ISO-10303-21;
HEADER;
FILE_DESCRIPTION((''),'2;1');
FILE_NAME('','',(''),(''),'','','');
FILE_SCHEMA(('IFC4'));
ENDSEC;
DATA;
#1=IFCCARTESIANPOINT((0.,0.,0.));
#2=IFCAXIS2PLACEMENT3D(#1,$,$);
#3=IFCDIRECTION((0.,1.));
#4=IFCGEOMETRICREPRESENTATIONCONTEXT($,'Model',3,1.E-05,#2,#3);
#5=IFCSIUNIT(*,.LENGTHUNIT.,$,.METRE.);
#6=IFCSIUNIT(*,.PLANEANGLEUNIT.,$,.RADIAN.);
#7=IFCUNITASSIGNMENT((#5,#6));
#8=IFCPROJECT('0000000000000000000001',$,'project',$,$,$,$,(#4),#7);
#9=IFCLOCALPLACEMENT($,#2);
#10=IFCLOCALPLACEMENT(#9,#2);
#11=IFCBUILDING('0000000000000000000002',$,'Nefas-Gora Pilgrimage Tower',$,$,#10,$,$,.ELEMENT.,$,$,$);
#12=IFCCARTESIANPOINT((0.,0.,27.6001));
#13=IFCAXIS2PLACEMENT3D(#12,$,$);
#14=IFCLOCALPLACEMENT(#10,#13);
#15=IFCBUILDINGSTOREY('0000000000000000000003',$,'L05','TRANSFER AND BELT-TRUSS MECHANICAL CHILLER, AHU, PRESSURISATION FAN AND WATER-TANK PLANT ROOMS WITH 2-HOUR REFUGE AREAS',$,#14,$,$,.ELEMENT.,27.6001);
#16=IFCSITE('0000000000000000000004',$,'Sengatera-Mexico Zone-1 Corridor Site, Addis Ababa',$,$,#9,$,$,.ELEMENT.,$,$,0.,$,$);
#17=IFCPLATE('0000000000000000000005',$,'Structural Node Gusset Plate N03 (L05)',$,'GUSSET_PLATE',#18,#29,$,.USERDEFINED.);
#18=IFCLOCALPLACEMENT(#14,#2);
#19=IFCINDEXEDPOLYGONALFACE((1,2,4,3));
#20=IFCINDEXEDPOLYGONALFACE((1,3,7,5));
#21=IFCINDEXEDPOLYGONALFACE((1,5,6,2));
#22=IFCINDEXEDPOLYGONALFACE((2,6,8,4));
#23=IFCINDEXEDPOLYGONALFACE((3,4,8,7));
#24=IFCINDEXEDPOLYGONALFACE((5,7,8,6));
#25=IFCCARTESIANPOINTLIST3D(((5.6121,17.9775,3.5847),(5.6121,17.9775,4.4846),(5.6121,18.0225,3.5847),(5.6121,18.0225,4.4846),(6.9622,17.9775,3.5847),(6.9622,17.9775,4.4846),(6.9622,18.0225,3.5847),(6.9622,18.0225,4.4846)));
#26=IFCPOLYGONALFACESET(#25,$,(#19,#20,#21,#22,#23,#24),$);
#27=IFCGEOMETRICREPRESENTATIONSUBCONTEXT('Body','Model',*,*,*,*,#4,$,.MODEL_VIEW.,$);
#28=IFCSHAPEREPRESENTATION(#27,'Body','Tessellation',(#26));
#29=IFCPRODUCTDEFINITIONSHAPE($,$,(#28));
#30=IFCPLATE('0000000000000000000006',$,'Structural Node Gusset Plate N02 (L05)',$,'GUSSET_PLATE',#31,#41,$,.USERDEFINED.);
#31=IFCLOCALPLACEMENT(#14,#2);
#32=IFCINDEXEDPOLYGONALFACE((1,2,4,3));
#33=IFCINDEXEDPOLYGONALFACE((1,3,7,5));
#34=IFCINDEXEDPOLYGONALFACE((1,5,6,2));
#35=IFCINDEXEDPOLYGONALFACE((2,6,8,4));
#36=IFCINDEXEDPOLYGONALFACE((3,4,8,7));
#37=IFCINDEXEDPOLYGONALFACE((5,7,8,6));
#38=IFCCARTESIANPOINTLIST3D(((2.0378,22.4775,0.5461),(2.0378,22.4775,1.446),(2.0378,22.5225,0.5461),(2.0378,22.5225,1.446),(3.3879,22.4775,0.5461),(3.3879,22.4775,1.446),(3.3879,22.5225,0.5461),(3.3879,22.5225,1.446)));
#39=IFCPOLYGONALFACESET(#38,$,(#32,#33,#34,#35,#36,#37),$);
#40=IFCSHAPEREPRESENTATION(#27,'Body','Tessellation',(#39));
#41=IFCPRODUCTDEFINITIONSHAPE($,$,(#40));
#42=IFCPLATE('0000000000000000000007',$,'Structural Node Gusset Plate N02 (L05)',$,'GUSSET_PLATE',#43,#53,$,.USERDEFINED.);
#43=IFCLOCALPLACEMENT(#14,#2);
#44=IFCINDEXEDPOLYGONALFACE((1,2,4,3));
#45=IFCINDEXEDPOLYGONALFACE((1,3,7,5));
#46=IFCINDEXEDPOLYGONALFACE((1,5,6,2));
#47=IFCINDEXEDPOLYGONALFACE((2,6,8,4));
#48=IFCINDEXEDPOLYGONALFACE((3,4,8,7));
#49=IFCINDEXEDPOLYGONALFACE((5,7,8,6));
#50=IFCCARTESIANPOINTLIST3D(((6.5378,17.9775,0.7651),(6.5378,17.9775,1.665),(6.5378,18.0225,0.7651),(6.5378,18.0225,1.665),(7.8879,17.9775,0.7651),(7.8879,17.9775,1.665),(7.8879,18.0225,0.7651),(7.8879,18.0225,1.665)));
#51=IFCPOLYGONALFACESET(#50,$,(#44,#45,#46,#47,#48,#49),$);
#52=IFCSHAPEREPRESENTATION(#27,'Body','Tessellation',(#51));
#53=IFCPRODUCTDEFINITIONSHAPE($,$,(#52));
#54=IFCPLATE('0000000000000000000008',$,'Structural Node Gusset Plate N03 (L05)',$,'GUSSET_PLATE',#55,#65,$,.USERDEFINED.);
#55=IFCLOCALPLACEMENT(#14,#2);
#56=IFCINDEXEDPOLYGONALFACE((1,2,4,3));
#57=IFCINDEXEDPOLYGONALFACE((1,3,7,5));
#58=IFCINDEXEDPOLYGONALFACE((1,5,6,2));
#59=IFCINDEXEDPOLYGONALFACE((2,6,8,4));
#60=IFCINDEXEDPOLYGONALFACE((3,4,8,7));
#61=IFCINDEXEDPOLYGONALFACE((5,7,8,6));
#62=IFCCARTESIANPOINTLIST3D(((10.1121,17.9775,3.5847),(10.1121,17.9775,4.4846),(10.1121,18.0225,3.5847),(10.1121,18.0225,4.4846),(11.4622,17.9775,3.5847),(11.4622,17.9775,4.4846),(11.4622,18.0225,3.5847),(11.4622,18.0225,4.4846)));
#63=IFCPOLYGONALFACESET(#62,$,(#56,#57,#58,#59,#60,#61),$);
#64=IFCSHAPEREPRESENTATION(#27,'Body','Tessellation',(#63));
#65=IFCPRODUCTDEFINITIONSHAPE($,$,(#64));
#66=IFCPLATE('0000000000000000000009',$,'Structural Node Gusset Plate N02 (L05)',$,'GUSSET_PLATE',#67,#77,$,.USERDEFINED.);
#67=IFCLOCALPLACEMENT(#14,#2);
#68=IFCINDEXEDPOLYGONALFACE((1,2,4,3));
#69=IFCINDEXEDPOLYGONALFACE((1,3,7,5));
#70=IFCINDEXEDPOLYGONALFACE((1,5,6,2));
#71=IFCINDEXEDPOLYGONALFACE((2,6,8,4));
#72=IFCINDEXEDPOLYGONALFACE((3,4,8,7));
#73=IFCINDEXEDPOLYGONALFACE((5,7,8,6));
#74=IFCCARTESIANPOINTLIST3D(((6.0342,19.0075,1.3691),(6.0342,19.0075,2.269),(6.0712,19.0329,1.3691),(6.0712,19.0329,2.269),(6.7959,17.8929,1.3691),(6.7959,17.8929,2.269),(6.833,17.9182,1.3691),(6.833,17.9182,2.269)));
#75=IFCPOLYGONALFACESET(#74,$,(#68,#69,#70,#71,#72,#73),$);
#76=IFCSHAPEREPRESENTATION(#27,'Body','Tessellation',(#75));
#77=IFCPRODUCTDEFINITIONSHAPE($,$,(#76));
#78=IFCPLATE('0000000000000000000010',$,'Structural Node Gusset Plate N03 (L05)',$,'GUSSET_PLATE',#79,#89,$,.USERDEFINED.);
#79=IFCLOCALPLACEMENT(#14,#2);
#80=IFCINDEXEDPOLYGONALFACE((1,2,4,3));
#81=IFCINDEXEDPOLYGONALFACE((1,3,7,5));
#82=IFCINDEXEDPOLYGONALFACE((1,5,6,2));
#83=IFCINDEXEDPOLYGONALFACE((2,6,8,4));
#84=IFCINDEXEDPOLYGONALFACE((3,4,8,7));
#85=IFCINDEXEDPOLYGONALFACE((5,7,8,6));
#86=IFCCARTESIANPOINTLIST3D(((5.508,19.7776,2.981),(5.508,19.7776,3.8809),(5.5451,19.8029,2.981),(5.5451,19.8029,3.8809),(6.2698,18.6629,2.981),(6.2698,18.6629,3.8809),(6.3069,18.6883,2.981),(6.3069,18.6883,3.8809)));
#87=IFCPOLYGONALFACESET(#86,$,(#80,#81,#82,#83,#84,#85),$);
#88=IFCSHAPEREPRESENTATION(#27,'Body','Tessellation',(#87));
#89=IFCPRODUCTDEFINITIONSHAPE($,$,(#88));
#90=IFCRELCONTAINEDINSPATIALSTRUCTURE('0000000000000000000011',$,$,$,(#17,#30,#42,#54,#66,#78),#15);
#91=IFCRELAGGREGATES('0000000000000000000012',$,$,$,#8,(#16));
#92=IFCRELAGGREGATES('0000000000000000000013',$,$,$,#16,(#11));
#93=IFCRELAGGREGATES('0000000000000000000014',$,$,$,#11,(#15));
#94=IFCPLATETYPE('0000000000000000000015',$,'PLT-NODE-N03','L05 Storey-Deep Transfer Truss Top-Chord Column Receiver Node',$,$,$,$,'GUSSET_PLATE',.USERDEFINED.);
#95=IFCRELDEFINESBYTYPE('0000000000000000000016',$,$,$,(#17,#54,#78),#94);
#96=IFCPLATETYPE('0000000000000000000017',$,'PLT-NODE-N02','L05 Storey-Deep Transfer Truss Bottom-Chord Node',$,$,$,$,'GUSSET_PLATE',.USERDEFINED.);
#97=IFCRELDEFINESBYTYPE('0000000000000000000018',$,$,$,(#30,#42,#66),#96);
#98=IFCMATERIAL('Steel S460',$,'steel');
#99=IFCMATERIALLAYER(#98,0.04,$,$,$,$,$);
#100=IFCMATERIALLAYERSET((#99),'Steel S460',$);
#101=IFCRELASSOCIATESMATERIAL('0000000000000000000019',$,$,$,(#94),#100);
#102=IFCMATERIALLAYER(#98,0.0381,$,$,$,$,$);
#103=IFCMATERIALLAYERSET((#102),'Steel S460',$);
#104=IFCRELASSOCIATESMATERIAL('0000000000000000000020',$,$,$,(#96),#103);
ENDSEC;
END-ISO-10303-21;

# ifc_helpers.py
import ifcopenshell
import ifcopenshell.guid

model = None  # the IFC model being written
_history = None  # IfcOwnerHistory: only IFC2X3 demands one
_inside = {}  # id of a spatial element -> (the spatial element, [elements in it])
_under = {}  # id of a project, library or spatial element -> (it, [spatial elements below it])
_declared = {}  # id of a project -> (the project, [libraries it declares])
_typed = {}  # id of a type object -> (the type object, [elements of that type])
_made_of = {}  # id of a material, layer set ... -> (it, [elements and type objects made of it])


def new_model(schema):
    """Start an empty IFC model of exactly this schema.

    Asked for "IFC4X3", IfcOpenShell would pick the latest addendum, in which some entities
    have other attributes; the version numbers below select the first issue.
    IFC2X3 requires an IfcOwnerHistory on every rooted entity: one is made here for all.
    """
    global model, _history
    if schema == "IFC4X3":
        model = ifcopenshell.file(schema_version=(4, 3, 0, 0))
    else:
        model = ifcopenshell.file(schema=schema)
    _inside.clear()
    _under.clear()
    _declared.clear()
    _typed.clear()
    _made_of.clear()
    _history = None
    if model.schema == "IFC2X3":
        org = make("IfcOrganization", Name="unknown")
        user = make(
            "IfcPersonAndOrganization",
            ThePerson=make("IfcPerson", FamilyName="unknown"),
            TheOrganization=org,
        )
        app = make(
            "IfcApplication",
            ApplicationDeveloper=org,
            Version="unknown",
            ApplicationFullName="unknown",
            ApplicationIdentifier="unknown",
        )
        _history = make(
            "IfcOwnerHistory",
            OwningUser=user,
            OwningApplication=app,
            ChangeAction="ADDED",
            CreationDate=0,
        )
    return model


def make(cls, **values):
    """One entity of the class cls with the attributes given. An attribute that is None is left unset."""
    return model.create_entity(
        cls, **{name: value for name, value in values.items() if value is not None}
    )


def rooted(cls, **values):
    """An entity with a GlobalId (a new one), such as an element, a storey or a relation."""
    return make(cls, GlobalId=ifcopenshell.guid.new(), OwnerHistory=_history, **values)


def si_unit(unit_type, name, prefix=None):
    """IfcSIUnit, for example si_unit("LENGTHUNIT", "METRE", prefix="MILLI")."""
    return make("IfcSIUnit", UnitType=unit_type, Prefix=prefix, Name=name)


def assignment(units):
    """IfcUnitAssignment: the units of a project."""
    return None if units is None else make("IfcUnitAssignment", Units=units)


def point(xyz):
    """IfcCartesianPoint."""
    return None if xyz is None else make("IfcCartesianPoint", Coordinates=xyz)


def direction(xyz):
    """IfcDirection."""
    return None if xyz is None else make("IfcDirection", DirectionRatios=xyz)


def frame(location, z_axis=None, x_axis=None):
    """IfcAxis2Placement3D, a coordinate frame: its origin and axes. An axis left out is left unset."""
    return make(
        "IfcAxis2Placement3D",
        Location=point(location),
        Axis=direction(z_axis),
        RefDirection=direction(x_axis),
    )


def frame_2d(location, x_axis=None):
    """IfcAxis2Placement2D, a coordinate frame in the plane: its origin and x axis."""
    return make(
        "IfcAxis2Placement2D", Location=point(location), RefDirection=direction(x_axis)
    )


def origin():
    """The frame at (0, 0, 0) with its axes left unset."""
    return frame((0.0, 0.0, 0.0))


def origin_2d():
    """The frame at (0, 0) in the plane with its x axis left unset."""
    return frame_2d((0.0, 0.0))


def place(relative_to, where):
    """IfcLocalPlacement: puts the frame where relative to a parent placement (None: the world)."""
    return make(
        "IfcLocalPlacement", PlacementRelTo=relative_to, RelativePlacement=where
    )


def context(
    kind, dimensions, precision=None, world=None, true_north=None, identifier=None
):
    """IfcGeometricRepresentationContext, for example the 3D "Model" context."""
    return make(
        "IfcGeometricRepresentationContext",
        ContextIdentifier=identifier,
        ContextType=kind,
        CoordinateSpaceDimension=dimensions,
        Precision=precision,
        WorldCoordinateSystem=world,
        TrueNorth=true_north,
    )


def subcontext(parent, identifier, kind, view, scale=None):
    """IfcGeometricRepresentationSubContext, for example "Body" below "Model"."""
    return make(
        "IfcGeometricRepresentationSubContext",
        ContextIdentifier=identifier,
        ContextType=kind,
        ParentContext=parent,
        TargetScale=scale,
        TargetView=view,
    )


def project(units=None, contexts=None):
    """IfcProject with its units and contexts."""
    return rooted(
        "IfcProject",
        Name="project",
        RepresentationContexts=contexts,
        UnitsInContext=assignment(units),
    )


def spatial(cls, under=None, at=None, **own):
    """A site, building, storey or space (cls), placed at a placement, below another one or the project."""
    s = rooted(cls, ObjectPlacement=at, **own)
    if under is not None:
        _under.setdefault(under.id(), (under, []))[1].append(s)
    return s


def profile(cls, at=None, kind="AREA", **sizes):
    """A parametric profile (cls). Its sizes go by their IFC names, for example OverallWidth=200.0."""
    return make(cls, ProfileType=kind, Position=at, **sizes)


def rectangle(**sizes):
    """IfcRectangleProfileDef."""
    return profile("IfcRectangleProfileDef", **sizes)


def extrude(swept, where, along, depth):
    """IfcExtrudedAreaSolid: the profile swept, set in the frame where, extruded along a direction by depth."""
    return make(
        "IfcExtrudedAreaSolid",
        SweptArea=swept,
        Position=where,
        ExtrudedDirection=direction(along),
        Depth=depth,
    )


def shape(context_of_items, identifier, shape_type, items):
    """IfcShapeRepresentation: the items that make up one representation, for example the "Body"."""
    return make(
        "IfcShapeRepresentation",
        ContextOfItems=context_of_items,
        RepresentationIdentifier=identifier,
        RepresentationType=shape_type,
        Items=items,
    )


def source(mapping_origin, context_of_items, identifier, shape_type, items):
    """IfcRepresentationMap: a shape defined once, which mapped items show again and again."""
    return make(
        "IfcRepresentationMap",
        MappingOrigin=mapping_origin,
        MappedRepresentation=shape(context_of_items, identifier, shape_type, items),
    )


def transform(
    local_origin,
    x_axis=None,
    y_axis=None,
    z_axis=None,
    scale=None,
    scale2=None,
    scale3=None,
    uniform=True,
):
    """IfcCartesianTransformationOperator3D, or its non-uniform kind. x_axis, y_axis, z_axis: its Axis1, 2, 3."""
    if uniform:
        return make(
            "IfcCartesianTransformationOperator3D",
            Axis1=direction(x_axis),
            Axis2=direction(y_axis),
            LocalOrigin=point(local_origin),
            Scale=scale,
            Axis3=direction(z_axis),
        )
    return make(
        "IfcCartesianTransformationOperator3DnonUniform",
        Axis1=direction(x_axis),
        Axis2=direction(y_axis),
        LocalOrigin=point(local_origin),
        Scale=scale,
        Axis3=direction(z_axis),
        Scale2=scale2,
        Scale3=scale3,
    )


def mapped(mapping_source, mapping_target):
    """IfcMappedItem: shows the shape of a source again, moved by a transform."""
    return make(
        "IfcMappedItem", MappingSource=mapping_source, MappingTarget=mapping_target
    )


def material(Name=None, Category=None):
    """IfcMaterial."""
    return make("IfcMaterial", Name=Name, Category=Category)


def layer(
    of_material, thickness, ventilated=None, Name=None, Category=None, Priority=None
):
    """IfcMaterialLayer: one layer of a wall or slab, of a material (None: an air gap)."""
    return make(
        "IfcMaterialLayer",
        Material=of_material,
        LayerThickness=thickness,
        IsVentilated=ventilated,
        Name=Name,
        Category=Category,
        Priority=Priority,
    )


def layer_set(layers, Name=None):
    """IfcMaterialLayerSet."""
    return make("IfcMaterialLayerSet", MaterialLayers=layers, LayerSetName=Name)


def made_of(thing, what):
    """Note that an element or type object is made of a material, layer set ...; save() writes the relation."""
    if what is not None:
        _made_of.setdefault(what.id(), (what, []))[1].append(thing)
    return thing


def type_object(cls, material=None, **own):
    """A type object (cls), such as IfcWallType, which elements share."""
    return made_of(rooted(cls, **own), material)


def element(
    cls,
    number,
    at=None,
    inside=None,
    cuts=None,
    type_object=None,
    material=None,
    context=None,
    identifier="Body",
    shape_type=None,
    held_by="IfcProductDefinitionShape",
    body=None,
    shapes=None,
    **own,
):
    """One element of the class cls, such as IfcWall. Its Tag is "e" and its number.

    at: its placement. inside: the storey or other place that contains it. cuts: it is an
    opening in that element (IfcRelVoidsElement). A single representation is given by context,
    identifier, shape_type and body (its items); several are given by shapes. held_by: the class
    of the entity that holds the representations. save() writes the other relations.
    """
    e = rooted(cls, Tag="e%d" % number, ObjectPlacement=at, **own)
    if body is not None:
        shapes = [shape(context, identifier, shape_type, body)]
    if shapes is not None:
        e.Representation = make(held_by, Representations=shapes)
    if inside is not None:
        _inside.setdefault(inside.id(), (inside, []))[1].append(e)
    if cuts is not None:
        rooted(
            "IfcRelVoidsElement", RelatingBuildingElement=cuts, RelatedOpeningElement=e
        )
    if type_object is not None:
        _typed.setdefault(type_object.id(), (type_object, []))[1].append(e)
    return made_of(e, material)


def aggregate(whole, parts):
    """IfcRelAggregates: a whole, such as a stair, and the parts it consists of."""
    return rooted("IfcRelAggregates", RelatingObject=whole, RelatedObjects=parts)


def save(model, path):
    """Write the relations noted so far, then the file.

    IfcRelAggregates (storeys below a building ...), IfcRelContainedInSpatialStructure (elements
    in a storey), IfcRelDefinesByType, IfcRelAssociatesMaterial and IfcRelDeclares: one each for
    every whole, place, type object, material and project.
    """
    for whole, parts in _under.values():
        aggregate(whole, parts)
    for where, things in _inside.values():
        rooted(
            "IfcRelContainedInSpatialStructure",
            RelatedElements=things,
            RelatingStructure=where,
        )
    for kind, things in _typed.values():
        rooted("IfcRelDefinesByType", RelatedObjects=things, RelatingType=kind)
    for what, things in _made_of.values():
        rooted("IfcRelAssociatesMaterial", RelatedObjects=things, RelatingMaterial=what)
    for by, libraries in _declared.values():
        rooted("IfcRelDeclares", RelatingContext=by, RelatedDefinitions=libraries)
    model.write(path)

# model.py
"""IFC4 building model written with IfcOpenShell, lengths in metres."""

from ifc_helpers import new_model, si_unit, direction, frame, origin, origin_2d, place, context, subcontext, project, spatial, rectangle, extrude, source, transform, mapped, material, layer, layer_set, type_object, element, save


model = new_model("IFC4")

# Units and contexts
model_context = context("Model", 3, precision=1e-05, world=origin(), true_north=direction((0.0, 1.0)))
body_context = subcontext(model_context, "Body", "Model", "MODEL_VIEW")
ifc_project = project(units=[si_unit("LENGTHUNIT", "METRE"), si_unit("PLANEANGLEUNIT", "RADIAN")], contexts=[model_context])

# Site, building, storey
site_placement = place(None, origin())
site = spatial("IfcSite", under=ifc_project, at=site_placement, Name="Sengatera-Mexico Zone-1 Corridor Site, Addis Ababa", CompositionType="ELEMENT", RefElevation=0.0)
building_placement = place(site_placement, origin())
building = spatial("IfcBuilding", under=site, at=building_placement, Name="Nefas-Gora Pilgrimage Tower", CompositionType="ELEMENT")
storey_placement = place(building_placement, frame((0.0, 0.0, 27.6001)))
storey = spatial("IfcBuildingStorey", under=building, at=storey_placement, Name="L05", Description="TRANSFER AND BELT-TRUSS MECHANICAL CHILLER, AHU, PRESSURISATION FAN AND WATER-TANK PLANT ROOMS WITH 2-HOUR REFUGE AREAS", CompositionType="ELEMENT", Elevation=27.6001)

# Shared definitions
ifc_material = material(Name="Steel S460", Category="steel")

# Plates
ifc_layer_1 = layer(ifc_material, 0.04)
ifc_layer_set_1 = layer_set([ifc_layer_1], Name="Steel S460")
plate_type_1 = type_object("IfcPlateType", Name="PLT-NODE-N03", Description="L05 Storey-Deep Transfer Truss Top-Chord Column Receiver Node", ElementType="GUSSET_PLATE", PredefinedType="USERDEFINED", material=ifc_layer_set_1)
shared_shape_1 = source(origin(), body_context, "Body", "SweptSolid", [
    extrude(rectangle(XDim=1.3501, YDim=0.0449, at=origin_2d()), origin(), (0.0, 0.0, 1.0), 0.8999),
])
ifc_layer_2 = layer(ifc_material, 0.0381)
ifc_layer_set_2 = layer_set([ifc_layer_2], Name="Steel S460")
plate_type_2 = type_object("IfcPlateType", Name="PLT-NODE-N02", Description="L05 Storey-Deep Transfer Truss Bottom-Chord Node", ElementType="GUSSET_PLATE", PredefinedType="USERDEFINED", material=ifc_layer_set_2)
plate_1_placement = place(storey_placement, frame((6.2871, 18.0, 3.5847), z_axis=(0.0, 0.0, 1.0), x_axis=(1.0, 0.0, 0.0)))
element("IfcPlate", 1, at=plate_1_placement, inside=storey, type_object=plate_type_1, Name="Structural Node Gusset Plate N03 (L05)", ObjectType="GUSSET_PLATE", PredefinedType="USERDEFINED", context=body_context, shape_type="MappedRepresentation", body=[
    mapped(shared_shape_1, transform((0.0, 0.0, 0.0), x_axis=(1.0, 0.0, 0.0), y_axis=(0.0, 1.0, 0.0), z_axis=(0.0, 0.0, 1.0), scale=1.0)),
])
for number, where, z_axis, x_axis, name in (
    (2, (2.7129, 22.5, 0.5461), (0.0, 0.0, 1.0), (1.0, 0.0, 0.0), "Structural Node Gusset Plate N02 (L05)"),
    (3, (7.2129, 18.0, 0.7651), (0.0, 0.0, 1.0), (1.0, 0.0, 0.0), "Structural Node Gusset Plate N02 (L05)"),
):
    element("IfcPlate", number, at=place(storey_placement, frame(where, z_axis=z_axis, x_axis=x_axis)), inside=storey, type_object=plate_type_2, Name=name, ObjectType="GUSSET_PLATE", PredefinedType="USERDEFINED", context=body_context, shape_type="MappedRepresentation", body=[
        mapped(shared_shape_1, transform((0.0, 0.0, 0.0), x_axis=(1.0, 0.0, 0.0), y_axis=(0.0, 1.0, 0.0), z_axis=(0.0, 0.0, 1.0), scale=1.0)),
    ])
plate_2_placement = place(storey_placement, frame((10.7871, 18.0, 3.5847), z_axis=(0.0, 0.0, 1.0), x_axis=(1.0, 0.0, 0.0)))
element("IfcPlate", 4, at=plate_2_placement, inside=storey, type_object=plate_type_1, Name="Structural Node Gusset Plate N03 (L05)", ObjectType="GUSSET_PLATE", PredefinedType="USERDEFINED", context=body_context, shape_type="MappedRepresentation", body=[
    mapped(shared_shape_1, transform((0.0, 0.0, 0.0), x_axis=(1.0, 0.0, 0.0), y_axis=(0.0, 1.0, 0.0), z_axis=(0.0, 0.0, 1.0), scale=1.0)),
])
plate_3_placement = place(storey_placement, frame((6.4336, 18.4629, 1.3691), z_axis=(0.0, 0.0, 1.0), x_axis=(-0.564247, 0.825606, 0.0)))
element("IfcPlate", 5, at=plate_3_placement, inside=storey, type_object=plate_type_2, Name="Structural Node Gusset Plate N02 (L05)", ObjectType="GUSSET_PLATE", PredefinedType="USERDEFINED", context=body_context, shape_type="MappedRepresentation", body=[
    mapped(shared_shape_1, transform((0.0, 0.0, 0.0), x_axis=(1.0, 0.0, 0.0), y_axis=(0.0, 1.0, 0.0), z_axis=(0.0, 0.0, 1.0), scale=1.0)),
])
plate_4_placement = place(storey_placement, frame((5.9075, 19.2329, 2.981), z_axis=(0.0, 0.0, 1.0), x_axis=(-0.564247, 0.825606, 0.0)))
element("IfcPlate", 6, at=plate_4_placement, inside=storey, type_object=plate_type_1, Name="Structural Node Gusset Plate N03 (L05)", ObjectType="GUSSET_PLATE", PredefinedType="USERDEFINED", context=body_context, shape_type="MappedRepresentation", body=[
    mapped(shared_shape_1, transform((0.0, 0.0, 0.0), x_axis=(1.0, 0.0, 0.0), y_axis=(0.0, 1.0, 0.0), z_axis=(0.0, 0.0, 1.0), scale=1.0)),
])

save(model, "model.ifc")
